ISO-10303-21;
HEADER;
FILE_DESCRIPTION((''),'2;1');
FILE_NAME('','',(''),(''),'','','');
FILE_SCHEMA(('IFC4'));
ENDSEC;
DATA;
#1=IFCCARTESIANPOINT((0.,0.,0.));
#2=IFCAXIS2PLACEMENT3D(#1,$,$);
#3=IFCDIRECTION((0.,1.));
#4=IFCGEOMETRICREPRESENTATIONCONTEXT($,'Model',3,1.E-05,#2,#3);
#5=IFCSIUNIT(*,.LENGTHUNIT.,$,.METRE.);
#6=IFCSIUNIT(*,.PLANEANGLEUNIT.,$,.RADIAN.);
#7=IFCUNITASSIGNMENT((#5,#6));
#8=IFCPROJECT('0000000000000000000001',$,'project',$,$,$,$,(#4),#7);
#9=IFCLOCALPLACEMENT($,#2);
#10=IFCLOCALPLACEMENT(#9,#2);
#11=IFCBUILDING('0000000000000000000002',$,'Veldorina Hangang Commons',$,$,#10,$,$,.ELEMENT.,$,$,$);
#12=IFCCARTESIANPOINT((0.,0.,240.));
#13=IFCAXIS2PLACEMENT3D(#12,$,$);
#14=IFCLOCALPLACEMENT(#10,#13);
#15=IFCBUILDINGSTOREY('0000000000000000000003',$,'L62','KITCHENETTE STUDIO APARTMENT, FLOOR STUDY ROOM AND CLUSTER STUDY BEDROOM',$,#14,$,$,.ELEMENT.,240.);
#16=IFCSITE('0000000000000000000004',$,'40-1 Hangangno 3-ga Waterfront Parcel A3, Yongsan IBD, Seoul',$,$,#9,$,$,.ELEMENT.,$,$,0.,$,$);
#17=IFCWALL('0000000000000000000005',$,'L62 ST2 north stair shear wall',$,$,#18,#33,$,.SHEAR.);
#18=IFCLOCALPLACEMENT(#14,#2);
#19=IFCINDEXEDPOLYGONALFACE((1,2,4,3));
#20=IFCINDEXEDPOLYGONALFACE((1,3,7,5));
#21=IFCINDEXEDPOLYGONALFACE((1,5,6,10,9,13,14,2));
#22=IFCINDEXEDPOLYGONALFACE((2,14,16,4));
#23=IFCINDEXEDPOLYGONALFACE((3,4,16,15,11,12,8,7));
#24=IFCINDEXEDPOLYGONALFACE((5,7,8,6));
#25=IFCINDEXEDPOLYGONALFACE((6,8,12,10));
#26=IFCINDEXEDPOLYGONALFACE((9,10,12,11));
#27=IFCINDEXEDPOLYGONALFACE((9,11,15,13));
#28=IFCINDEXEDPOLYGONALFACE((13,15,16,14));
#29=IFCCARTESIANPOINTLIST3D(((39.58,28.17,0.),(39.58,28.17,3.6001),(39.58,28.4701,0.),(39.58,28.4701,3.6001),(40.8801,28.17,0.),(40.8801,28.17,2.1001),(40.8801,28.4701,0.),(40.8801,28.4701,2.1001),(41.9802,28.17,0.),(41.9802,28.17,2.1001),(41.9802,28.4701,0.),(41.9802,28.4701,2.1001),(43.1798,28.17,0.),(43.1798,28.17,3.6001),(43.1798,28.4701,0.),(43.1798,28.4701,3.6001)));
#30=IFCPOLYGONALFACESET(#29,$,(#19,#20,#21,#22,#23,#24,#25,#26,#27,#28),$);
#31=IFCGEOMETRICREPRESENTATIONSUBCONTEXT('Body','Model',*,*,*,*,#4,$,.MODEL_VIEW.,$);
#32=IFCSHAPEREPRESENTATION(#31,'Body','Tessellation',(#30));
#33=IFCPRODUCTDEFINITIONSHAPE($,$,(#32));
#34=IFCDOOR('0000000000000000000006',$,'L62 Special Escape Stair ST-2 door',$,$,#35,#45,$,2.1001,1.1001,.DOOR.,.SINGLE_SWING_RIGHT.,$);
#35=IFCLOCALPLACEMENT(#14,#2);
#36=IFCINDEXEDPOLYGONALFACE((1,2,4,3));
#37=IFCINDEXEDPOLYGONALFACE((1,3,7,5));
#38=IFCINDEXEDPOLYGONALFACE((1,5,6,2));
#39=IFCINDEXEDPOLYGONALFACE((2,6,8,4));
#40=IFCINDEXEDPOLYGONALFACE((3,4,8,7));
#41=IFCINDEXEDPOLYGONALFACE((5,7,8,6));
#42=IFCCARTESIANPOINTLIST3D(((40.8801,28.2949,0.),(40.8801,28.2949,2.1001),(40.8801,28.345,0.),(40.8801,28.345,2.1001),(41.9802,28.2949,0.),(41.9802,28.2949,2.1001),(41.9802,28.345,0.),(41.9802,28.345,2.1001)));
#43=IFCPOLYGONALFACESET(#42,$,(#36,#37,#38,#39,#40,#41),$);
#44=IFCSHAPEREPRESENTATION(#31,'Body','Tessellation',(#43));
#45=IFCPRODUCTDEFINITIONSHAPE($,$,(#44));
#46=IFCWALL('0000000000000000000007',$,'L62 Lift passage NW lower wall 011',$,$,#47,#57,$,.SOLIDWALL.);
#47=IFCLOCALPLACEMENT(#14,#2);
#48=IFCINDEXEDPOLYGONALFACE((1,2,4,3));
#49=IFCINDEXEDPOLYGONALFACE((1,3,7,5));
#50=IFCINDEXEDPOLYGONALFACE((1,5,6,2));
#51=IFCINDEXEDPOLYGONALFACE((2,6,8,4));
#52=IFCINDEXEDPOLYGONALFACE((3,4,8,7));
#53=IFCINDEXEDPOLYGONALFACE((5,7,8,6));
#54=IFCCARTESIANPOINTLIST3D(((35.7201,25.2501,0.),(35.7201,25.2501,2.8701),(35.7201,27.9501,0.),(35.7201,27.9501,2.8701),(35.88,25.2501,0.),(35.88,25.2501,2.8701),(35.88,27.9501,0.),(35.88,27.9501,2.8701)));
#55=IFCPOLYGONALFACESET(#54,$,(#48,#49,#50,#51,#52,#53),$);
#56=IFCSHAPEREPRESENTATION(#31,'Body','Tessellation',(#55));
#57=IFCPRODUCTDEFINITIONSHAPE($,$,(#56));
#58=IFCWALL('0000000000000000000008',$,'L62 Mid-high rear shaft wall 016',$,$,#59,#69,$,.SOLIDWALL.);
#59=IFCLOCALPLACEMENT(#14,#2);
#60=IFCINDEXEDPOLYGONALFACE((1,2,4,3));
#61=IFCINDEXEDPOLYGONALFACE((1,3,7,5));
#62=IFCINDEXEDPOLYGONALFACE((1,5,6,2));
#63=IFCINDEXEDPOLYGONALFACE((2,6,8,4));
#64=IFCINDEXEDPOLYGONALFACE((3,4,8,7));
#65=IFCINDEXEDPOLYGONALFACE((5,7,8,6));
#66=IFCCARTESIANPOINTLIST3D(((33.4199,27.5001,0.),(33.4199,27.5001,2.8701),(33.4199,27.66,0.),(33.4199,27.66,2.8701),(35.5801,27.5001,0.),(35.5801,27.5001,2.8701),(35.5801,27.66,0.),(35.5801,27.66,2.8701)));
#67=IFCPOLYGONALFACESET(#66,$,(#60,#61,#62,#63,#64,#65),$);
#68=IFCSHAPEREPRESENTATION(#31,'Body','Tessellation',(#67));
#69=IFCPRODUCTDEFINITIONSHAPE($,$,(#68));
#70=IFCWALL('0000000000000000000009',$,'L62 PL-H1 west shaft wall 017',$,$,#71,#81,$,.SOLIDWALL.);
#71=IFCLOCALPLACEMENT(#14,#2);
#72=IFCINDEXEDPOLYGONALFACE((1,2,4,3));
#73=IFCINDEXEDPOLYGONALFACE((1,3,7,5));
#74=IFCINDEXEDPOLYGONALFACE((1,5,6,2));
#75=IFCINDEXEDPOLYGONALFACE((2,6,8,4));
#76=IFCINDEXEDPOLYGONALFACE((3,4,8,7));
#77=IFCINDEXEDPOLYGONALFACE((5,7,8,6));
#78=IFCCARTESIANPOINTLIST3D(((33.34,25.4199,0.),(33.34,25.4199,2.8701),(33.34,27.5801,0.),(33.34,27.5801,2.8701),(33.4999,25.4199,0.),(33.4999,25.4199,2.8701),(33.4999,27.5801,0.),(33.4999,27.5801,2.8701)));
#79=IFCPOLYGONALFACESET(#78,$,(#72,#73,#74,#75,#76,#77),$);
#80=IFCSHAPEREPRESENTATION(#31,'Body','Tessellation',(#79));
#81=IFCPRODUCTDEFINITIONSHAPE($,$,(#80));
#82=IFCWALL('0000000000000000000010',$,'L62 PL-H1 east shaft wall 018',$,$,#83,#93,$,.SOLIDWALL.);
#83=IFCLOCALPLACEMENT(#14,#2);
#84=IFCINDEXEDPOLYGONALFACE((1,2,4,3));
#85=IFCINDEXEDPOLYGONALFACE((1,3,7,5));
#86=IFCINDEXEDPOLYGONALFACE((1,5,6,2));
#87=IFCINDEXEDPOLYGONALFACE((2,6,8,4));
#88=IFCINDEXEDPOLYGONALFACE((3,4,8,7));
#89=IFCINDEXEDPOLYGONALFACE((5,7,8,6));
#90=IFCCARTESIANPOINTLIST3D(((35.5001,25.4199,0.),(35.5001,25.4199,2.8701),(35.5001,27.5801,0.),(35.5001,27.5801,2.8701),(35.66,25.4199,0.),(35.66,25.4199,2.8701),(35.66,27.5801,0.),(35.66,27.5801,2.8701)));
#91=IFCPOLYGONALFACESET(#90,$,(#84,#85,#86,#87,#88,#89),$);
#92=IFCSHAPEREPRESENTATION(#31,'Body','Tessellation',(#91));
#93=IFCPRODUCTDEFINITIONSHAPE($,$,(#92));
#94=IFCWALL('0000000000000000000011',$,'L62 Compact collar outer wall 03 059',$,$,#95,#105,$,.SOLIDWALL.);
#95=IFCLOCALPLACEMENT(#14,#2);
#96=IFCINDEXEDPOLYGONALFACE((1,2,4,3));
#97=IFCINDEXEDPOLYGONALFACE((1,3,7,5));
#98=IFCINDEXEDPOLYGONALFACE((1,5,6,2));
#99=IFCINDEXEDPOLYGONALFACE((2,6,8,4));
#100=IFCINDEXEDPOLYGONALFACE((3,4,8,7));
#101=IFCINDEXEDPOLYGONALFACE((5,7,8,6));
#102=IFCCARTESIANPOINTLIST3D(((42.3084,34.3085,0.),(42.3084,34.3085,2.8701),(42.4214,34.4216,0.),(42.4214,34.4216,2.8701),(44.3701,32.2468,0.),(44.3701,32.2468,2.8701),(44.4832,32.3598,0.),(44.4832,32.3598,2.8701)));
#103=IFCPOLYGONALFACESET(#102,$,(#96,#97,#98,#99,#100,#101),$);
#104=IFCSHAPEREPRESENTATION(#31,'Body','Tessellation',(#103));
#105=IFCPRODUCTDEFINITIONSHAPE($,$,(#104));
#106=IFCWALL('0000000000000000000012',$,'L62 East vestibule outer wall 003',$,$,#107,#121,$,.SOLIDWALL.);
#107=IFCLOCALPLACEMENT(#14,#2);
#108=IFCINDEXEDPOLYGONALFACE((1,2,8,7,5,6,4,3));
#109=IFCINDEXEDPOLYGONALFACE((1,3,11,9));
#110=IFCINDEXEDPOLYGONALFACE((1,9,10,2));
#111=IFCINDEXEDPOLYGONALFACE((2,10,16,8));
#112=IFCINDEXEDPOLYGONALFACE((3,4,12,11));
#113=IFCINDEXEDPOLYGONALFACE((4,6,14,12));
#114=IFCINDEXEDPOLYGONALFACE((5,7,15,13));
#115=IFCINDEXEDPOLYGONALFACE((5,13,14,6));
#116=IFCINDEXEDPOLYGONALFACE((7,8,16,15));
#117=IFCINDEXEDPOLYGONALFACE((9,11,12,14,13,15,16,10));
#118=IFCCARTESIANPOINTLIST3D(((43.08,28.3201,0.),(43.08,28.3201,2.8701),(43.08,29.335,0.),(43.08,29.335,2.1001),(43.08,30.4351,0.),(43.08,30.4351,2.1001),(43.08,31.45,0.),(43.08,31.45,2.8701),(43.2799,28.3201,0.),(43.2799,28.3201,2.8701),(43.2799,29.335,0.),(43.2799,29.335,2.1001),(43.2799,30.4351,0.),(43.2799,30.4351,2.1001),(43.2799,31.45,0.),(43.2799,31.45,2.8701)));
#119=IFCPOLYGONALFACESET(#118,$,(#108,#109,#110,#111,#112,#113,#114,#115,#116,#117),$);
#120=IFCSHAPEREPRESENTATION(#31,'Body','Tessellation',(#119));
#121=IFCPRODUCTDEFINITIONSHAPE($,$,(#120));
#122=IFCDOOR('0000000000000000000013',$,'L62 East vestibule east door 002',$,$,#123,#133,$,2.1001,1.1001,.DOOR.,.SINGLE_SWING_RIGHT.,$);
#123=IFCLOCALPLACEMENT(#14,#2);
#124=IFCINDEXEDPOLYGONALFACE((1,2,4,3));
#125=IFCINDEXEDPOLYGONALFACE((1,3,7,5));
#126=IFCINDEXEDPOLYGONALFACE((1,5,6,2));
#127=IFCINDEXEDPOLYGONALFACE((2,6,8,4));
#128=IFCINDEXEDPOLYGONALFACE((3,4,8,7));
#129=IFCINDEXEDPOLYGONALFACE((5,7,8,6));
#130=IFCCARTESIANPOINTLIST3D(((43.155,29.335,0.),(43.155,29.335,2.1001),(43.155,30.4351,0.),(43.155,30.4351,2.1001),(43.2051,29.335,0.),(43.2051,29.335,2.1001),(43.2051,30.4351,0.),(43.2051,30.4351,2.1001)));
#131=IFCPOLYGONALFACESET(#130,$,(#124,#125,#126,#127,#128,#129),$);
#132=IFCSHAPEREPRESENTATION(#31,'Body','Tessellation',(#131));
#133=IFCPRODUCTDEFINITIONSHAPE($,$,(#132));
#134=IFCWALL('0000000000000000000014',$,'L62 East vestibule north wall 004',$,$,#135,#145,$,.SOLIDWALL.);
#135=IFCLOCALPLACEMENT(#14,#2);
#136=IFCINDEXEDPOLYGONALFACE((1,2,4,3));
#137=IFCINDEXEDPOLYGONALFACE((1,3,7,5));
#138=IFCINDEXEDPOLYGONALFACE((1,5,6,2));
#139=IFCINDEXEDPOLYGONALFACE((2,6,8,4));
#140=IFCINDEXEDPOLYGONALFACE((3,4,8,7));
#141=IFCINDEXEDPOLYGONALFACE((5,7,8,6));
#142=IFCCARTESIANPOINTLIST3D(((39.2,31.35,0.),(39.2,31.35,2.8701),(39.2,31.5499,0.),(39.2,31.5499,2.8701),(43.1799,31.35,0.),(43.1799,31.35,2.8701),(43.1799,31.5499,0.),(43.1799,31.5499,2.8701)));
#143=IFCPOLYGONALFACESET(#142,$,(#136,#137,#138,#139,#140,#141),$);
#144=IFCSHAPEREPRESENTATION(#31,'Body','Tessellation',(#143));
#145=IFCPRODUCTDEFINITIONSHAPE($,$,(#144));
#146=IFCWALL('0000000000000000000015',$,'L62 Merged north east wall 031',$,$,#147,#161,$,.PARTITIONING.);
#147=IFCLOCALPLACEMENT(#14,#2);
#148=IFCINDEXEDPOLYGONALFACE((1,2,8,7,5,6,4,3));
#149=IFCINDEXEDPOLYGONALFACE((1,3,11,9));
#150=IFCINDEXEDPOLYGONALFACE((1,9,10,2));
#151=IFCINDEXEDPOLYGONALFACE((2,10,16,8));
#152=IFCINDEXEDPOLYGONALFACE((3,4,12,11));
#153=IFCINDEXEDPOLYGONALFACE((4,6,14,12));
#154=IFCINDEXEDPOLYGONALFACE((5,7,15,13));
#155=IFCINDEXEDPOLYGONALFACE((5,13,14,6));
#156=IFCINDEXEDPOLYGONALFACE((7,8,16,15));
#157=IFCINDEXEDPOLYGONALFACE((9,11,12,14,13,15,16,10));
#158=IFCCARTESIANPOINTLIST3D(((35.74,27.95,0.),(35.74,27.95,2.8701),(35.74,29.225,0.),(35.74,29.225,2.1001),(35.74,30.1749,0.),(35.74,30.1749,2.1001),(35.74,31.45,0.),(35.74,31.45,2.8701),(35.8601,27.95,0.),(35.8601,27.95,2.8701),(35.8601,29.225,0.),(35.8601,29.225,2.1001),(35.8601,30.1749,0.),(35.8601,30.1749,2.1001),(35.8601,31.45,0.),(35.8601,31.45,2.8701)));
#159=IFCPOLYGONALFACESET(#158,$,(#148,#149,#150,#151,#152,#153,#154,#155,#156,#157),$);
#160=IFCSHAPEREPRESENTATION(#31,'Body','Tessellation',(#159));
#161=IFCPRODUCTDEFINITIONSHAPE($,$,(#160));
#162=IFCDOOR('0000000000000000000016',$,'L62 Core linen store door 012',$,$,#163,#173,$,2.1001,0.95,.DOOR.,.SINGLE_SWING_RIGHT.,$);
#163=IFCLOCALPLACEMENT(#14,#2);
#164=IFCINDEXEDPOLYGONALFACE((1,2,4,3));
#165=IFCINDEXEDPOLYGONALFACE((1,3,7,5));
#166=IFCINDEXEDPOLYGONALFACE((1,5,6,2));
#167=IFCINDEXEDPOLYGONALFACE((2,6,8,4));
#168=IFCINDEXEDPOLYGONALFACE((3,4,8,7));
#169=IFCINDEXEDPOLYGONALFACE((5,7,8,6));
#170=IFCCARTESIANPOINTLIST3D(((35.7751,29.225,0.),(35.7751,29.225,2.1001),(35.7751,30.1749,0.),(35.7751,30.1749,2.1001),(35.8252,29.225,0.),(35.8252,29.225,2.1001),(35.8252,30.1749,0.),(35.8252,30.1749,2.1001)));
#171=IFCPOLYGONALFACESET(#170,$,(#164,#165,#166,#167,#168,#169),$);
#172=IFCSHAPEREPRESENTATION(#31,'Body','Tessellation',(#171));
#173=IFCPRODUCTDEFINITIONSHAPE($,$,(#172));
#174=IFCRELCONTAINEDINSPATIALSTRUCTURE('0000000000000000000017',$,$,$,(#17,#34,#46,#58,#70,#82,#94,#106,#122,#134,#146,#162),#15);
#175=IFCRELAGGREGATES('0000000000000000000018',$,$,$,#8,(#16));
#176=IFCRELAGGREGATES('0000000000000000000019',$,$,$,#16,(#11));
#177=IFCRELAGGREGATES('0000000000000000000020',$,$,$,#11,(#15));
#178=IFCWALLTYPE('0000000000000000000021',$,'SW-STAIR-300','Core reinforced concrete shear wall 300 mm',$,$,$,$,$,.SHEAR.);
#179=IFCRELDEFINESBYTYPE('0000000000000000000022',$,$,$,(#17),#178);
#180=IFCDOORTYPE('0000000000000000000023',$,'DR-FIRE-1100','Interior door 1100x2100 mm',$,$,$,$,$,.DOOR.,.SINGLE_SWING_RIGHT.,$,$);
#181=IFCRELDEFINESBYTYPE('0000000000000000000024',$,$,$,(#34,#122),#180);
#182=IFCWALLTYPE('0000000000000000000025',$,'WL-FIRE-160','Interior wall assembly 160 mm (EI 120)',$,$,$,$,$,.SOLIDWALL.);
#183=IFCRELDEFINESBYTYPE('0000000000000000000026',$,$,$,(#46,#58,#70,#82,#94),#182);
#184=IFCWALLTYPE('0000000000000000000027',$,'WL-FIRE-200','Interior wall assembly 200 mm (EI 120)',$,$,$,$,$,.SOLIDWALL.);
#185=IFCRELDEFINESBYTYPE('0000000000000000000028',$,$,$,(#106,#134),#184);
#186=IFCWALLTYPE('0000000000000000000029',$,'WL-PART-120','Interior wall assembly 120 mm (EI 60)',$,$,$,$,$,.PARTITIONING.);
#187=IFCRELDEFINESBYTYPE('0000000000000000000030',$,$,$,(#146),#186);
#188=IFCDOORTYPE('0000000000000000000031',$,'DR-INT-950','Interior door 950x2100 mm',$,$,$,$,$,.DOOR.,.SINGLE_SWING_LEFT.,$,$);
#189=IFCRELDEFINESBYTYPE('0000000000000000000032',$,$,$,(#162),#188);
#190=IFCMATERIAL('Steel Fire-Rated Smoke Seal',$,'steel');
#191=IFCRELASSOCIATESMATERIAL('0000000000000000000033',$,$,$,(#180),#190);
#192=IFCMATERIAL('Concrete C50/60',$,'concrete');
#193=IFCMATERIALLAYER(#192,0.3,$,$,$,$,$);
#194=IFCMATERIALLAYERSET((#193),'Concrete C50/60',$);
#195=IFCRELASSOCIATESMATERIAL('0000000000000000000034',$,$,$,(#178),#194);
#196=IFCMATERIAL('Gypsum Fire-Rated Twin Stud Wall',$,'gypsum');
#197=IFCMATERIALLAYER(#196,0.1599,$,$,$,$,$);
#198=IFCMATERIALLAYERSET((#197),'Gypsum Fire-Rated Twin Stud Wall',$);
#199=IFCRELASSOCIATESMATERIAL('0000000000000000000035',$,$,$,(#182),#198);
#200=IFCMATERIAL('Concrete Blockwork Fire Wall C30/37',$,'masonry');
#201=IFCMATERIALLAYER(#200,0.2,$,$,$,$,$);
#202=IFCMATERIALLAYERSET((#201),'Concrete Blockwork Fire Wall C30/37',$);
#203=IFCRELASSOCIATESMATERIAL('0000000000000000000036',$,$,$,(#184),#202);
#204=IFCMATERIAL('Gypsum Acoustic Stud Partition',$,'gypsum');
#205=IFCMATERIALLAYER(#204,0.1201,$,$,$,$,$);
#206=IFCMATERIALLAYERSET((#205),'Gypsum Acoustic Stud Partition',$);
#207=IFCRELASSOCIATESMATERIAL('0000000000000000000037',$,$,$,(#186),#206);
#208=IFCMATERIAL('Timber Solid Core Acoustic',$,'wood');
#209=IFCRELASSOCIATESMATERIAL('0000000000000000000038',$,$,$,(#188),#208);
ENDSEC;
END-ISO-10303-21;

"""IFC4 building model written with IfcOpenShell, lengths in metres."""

from ifc_helpers import new_model, si_unit, direction, frame, frame_2d, origin, place, context, subcontext, project, spatial, rectangle, extrude, material, layer, layer_set, type_object, element, fill, save


model = new_model("IFC4")

# Units and contexts
model_context = context("Model", 3, precision=1e-05, world=origin(), true_north=direction((0.0, 1.0)))
body_context = subcontext(model_context, "Body", "Model", "MODEL_VIEW")
ifc_project = project(units=[si_unit("LENGTHUNIT", "METRE"), si_unit("PLANEANGLEUNIT", "RADIAN")], contexts=[model_context])

# Site, building, storey
site_placement = place(None, origin())
site = spatial("IfcSite", under=ifc_project, at=site_placement, Name="40-1 Hangangno 3-ga Waterfront Parcel A3, Yongsan IBD, Seoul", CompositionType="ELEMENT", RefElevation=0.0)
building_placement = place(site_placement, origin())
building = spatial("IfcBuilding", under=site, at=building_placement, Name="Veldorina Hangang Commons", CompositionType="ELEMENT")
storey_placement = place(building_placement, frame((0.0, 0.0, 240.0)))
storey = spatial("IfcBuildingStorey", under=building, at=storey_placement, Name="L62", Description="KITCHENETTE STUDIO APARTMENT, FLOOR STUDY ROOM AND CLUSTER STUDY BEDROOM", CompositionType="ELEMENT", Elevation=240.0)

# Shared definitions
ifc_material_1 = material(Name="Concrete C50/60", Category="concrete")

# Wall, opening, door
ifc_material_2 = material(Name="Steel Fire-Rated Smoke Seal", Category="steel")
door_type_1 = type_object("IfcDoorType", Name="DR-FIRE-1100", Description="Interior door 1100x2100 mm", OperationType="SINGLE_SWING_RIGHT", PredefinedType="DOOR", material=ifc_material_2)
ifc_layer_1 = layer(ifc_material_1, 0.3)
ifc_layer_set_1 = layer_set([ifc_layer_1], Name="Concrete C50/60")
wall_type_1 = type_object("IfcWallType", Name="SW-STAIR-300", Description="Core reinforced concrete shear wall 300 mm", PredefinedType="SHEAR", material=ifc_layer_set_1)
wall_1_placement = place(storey_placement, frame((39.5801, 28.3201, 0.0), z_axis=(0.0, 0.0, 1.0), x_axis=(1.0, 0.0, 0.0)))
wall_1 = element("IfcWall", 1, at=wall_1_placement, inside=storey, type_object=wall_type_1, Name="L62 ST2 north stair shear wall", PredefinedType="SHEAR", context=body_context, shape_type="SweptSolid", body=[
    extrude(rectangle(XDim=3.5999, YDim=0.3, at=frame_2d((1.7998, 0.0))), origin(), (0.0, 0.0, 1.0), 3.6001),
])
opening_1_placement = place(wall_1_placement, frame((1.3, 0.0, 0.0)))
opening_1 = element("IfcOpeningElement", 2, at=opening_1_placement, cuts=wall_1, PredefinedType="OPENING", context=body_context, shape_type="SweptSolid", body=[
    extrude(rectangle(XDim=1.1001, YDim=2.1001, at=frame_2d((0.55, 1.05))), frame((0.0, 0.1602, 0.0), z_axis=(0.0, -1.0, 0.0), x_axis=(1.0, 0.0, 0.0)), (0.0, 0.0, 1.0), 0.3201),
])
door_1_placement = place(opening_1_placement, origin())
door_1 = element("IfcDoor", 3, at=door_1_placement, inside=storey, type_object=door_type_1, Name="L62 Special Escape Stair ST-2 door", OperationType="SINGLE_SWING_RIGHT", OverallHeight=2.1001, OverallWidth=1.1001, PredefinedType="DOOR", context=body_context, shape_type="SweptSolid", body=[
    extrude(rectangle(XDim=1.1001, YDim=2.1001, at=frame_2d((0.55, 1.05))), frame((0.0, 0.0249, 0.0), z_axis=(0.0, -1.0, 0.0), x_axis=(1.0, 0.0, 0.0)), (0.0, 0.0, 1.0), 0.05),
])
fill(opening_1, door_1)

# Wall
ifc_material_3 = material(Name="Gypsum Fire-Rated Twin Stud Wall", Category="gypsum")
ifc_layer_2 = layer(ifc_material_3, 0.1599)
ifc_layer_set_2 = layer_set([ifc_layer_2], Name="Gypsum Fire-Rated Twin Stud Wall")
wall_type_2 = type_object("IfcWallType", Name="WL-FIRE-160", Description="Interior wall assembly 160 mm (EI 120)", PredefinedType="SOLIDWALL", material=ifc_layer_set_2)
wall_2_placement = place(storey_placement, frame((35.8, 25.25, 0.0), z_axis=(0.0, 0.0, 1.0), x_axis=(0.0, 1.0, 0.0)))
element("IfcWall", 4, at=wall_2_placement, inside=storey, type_object=wall_type_2, Name="L62 Lift passage NW lower wall 011", PredefinedType="SOLIDWALL", context=body_context, shape_type="SweptSolid", body=[
    extrude(rectangle(XDim=2.7, YDim=0.1599, at=frame_2d((1.3501, 0.0))), origin(), (0.0, 0.0, 1.0), 2.8701),
])

# Walls
for number, where, z_axis, x_axis, name in (
    (5, (33.4199, 27.5801, 0.0), (0.0, 0.0, 1.0), (1.0, 0.0, 0.0), "L62 Mid-high rear shaft wall 016"),
    (6, (33.4199, 25.4199, 0.0), (0.0, 0.0, 1.0), (0.0, 1.0, 0.0), "L62 PL-H1 west shaft wall 017"),
    (7, (35.5801, 25.4199, 0.0), (0.0, 0.0, 1.0), (0.0, 1.0, 0.0), "L62 PL-H1 east shaft wall 018"),
):
    element("IfcWall", number, at=place(storey_placement, frame(where, z_axis=z_axis, x_axis=x_axis)), inside=storey, type_object=wall_type_2, Name=name, PredefinedType="SOLIDWALL", context=body_context, shape_type="SweptSolid", body=[
        extrude(rectangle(XDim=2.1602, YDim=0.1599, at=frame_2d((1.0801, 0.0))), origin(), (0.0, 0.0, 1.0), 2.8701),
    ])
wall_3_placement = place(storey_placement, frame((44.4268, 32.3032, 0.0), z_axis=(0.0, 0.0, 1.0), x_axis=(-0.707107, 0.707107, 0.0)))
element("IfcWall", 8, at=wall_3_placement, inside=storey, type_object=wall_type_2, Name="L62 Compact collar outer wall 03 059", PredefinedType="SOLIDWALL", context=body_context, shape_type="SweptSolid", body=[
    extrude(rectangle(XDim=2.9158, YDim=0.1599, at=frame_2d((1.458, 0.0))), origin(), (0.0, 0.0, 1.0), 2.8701),
])

# Wall, opening, door
ifc_material_4 = material(Name="Concrete Blockwork Fire Wall C30/37", Category="masonry")
ifc_layer_3 = layer(ifc_material_4, 0.2)
ifc_layer_set_3 = layer_set([ifc_layer_3], Name="Concrete Blockwork Fire Wall C30/37")
wall_type_3 = type_object("IfcWallType", Name="WL-FIRE-200", Description="Interior wall assembly 200 mm (EI 120)", PredefinedType="SOLIDWALL", material=ifc_layer_set_3)
wall_4_placement = place(storey_placement, frame((43.1799, 28.3201, 0.0), z_axis=(0.0, 0.0, 1.0), x_axis=(0.0, 1.0, 0.0)))
wall_4 = element("IfcWall", 9, at=wall_4_placement, inside=storey, type_object=wall_type_3, Name="L62 East vestibule outer wall 003", PredefinedType="SOLIDWALL", context=body_context, shape_type="SweptSolid", body=[
    extrude(rectangle(XDim=3.1299, YDim=0.2, at=frame_2d((1.5649, 0.0))), origin(), (0.0, 0.0, 1.0), 2.8701),
])
opening_2_placement = place(wall_4_placement, frame((1.0149, 0.0, 0.0)))
opening_2 = element("IfcOpeningElement", 10, at=opening_2_placement, cuts=wall_4, PredefinedType="OPENING", context=body_context, shape_type="SweptSolid", body=[
    extrude(rectangle(XDim=1.1001, YDim=2.1001, at=frame_2d((0.55, 1.05))), frame((0.0, 0.1099, 0.0), z_axis=(0.0, -1.0, 0.0), x_axis=(1.0, 0.0, 0.0)), (0.0, 0.0, 1.0), 0.22),
])
door_2_placement = place(opening_2_placement, origin())
door_2 = element("IfcDoor", 11, at=door_2_placement, inside=storey, type_object=door_type_1, Name="L62 East vestibule east door 002", OperationType="SINGLE_SWING_RIGHT", OverallHeight=2.1001, OverallWidth=1.1001, PredefinedType="DOOR", context=body_context, shape_type="SweptSolid", body=[
    extrude(rectangle(XDim=1.1001, YDim=2.1001, at=frame_2d((0.55, 1.05))), frame((0.0, 0.0249, 0.0), z_axis=(0.0, -1.0, 0.0), x_axis=(1.0, 0.0, 0.0)), (0.0, 0.0, 1.0), 0.05),
])
fill(opening_2, door_2)

# Wall
wall_5_placement = place(storey_placement, frame((39.2, 31.45, 0.0), z_axis=(0.0, 0.0, 1.0), x_axis=(1.0, 0.0, 0.0)))
element("IfcWall", 12, at=wall_5_placement, inside=storey, type_object=wall_type_3, Name="L62 East vestibule north wall 004", PredefinedType="SOLIDWALL", context=body_context, shape_type="SweptSolid", body=[
    extrude(rectangle(XDim=3.98, YDim=0.2, at=frame_2d((1.99, 0.0))), origin(), (0.0, 0.0, 1.0), 2.8701),
])

# Wall, opening, door
ifc_material_5 = material(Name="Gypsum Acoustic Stud Partition", Category="gypsum")
ifc_layer_4 = layer(ifc_material_5, 0.1201)
ifc_layer_set_4 = layer_set([ifc_layer_4], Name="Gypsum Acoustic Stud Partition")
wall_type_4 = type_object("IfcWallType", Name="WL-PART-120", Description="Interior wall assembly 120 mm (EI 60)", PredefinedType="PARTITIONING", material=ifc_layer_set_4)
wall_6_placement = place(storey_placement, frame((35.8, 27.95, 0.0), z_axis=(0.0, 0.0, 1.0), x_axis=(0.0, 1.0, 0.0)))
wall_6 = element("IfcWall", 13, at=wall_6_placement, inside=storey, type_object=wall_type_4, Name="L62 Merged north east wall 031", PredefinedType="PARTITIONING", context=body_context, shape_type="SweptSolid", body=[
    extrude(rectangle(XDim=3.5, YDim=0.1201, at=frame_2d((1.75, 0.0))), origin(), (0.0, 0.0, 1.0), 2.8701),
])
opening_3_placement = place(wall_6_placement, frame((1.2749, 0.0, 0.0)))
opening_3 = element("IfcOpeningElement", 14, at=opening_3_placement, cuts=wall_6, PredefinedType="OPENING", context=body_context, shape_type="SweptSolid", body=[
    extrude(rectangle(XDim=0.95, YDim=2.1001, at=frame_2d((0.4751, 1.05))), frame((0.0, 0.0701, 0.0), z_axis=(0.0, -1.0, 0.0), x_axis=(1.0, 0.0, 0.0)), (0.0, 0.0, 1.0), 0.1401),
])
ifc_material_6 = material(Name="Timber Solid Core Acoustic", Category="wood")
door_type_2 = type_object("IfcDoorType", Name="DR-INT-950", Description="Interior door 950x2100 mm", OperationType="SINGLE_SWING_LEFT", PredefinedType="DOOR", material=ifc_material_6)
door_3_placement = place(opening_3_placement, origin())
door_3 = element("IfcDoor", 15, at=door_3_placement, inside=storey, type_object=door_type_2, Name="L62 Core linen store door 012", OperationType="SINGLE_SWING_RIGHT", OverallHeight=2.1001, OverallWidth=0.95, PredefinedType="DOOR", context=body_context, shape_type="SweptSolid", body=[
    extrude(rectangle(XDim=0.95, YDim=2.1001, at=frame_2d((0.4751, 1.05))), frame((0.0, 0.0249, 0.0), z_axis=(0.0, -1.0, 0.0), x_axis=(1.0, 0.0, 0.0)), (0.0, 0.0, 1.0), 0.05),
])
fill(opening_3, door_3)

save(model, "model.ifc")
